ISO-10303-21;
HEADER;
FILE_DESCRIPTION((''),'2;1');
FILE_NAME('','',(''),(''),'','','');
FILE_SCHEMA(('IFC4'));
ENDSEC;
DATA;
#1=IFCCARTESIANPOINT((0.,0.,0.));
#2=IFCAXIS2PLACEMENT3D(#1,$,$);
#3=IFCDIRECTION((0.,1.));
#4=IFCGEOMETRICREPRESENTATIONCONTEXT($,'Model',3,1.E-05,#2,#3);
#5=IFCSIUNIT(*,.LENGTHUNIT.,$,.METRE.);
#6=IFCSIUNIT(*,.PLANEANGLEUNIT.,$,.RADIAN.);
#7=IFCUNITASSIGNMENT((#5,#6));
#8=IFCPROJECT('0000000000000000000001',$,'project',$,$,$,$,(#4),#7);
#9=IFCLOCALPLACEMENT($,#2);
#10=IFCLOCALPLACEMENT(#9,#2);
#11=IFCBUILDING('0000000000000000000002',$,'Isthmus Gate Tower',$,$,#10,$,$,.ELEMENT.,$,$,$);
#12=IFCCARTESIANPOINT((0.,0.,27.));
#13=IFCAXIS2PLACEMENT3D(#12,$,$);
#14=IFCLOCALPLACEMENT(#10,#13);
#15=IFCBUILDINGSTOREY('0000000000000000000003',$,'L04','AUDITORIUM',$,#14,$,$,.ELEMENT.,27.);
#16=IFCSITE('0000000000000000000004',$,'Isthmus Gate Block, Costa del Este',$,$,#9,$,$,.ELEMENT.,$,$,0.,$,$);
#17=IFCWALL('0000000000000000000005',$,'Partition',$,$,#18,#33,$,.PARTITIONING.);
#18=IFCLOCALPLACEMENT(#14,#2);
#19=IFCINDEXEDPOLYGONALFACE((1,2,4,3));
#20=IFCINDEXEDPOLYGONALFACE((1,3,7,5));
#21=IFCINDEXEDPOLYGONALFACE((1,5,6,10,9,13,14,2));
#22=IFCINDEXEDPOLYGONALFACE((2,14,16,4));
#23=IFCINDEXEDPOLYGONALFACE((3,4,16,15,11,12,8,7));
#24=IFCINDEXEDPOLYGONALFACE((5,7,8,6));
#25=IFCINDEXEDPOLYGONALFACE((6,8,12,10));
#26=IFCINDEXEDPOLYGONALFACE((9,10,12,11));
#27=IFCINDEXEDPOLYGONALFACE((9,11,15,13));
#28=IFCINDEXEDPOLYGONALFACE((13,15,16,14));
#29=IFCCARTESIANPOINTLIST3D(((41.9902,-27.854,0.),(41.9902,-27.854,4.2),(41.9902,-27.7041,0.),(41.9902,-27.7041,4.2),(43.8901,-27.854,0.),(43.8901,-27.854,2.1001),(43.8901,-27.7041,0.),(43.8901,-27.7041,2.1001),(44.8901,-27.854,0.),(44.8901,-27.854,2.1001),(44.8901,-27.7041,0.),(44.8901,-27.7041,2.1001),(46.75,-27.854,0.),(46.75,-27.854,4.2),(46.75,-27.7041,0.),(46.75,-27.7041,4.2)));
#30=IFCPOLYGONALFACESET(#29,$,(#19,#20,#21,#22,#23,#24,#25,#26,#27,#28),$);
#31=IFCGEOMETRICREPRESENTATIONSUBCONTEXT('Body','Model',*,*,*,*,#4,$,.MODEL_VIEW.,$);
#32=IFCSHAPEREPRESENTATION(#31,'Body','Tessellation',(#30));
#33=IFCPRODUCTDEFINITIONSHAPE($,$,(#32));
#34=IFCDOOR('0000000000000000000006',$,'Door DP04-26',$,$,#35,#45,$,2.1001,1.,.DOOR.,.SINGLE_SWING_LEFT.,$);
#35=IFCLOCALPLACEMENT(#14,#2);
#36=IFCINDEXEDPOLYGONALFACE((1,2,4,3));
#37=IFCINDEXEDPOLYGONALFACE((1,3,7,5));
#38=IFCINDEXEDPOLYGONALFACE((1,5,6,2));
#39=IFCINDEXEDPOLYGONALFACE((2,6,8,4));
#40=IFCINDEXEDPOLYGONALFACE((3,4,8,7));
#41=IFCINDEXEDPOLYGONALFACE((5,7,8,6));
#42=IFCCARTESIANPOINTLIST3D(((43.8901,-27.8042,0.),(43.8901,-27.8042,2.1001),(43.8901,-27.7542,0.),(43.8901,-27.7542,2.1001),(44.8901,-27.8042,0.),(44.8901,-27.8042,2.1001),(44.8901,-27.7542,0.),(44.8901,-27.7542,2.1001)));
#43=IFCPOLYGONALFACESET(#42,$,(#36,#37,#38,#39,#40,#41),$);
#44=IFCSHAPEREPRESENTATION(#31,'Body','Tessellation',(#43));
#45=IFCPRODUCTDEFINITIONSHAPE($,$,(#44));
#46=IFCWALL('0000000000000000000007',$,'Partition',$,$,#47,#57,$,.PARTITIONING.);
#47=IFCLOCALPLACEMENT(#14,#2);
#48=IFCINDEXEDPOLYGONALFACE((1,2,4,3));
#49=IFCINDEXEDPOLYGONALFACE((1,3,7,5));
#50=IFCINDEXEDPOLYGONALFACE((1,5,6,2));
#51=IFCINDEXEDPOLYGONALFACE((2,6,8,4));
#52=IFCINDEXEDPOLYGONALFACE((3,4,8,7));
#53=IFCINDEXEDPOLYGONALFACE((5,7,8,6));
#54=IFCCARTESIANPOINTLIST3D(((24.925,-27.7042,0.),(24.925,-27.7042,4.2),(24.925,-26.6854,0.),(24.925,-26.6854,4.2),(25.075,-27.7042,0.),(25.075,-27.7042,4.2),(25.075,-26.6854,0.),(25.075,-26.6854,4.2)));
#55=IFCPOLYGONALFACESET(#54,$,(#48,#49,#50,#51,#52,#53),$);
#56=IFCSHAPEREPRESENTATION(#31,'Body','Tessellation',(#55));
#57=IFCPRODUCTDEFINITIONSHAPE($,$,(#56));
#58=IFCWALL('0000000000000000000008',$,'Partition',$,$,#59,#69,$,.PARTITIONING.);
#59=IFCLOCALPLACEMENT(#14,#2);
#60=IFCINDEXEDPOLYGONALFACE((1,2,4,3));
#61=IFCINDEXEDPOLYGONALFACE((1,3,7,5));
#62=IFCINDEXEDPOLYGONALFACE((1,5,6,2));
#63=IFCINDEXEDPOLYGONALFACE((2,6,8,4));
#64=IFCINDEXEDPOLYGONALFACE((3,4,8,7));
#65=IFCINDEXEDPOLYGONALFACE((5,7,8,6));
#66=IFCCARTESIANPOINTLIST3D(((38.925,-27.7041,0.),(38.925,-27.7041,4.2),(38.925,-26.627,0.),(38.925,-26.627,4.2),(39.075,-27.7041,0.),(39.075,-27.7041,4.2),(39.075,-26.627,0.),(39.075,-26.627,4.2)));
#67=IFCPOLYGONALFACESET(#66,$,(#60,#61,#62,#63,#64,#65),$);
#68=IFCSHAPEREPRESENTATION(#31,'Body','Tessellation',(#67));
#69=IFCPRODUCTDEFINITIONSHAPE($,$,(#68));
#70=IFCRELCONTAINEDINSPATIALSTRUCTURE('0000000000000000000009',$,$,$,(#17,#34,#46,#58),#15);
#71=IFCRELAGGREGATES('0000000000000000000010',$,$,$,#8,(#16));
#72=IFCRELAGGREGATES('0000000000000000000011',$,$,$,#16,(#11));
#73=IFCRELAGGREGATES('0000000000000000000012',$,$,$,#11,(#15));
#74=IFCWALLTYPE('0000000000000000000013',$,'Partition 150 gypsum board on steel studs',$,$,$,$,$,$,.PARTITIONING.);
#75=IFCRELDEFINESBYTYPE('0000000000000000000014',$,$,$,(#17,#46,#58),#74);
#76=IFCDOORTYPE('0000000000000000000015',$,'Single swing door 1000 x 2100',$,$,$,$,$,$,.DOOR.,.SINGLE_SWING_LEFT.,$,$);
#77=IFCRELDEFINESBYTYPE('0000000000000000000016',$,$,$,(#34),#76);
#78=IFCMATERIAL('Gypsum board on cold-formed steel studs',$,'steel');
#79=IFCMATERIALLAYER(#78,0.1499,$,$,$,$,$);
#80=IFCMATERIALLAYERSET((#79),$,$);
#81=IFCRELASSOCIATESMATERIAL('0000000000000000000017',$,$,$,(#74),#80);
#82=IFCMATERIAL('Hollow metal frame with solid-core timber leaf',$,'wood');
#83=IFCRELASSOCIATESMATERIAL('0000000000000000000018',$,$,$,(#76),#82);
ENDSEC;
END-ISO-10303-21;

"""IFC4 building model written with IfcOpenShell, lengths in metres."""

from ifc_helpers import new_model, si_unit, direction, frame, frame_2d, origin, place, context, subcontext, project, spatial, rectangle, extrude, material, layer, layer_set, type_object, element, fill, save


model = new_model("IFC4")

# Units and contexts
model_context = context("Model", 3, precision=1e-05, world=origin(), true_north=direction((0.0, 1.0)))
body_context = subcontext(model_context, "Body", "Model", "MODEL_VIEW")
ifc_project = project(units=[si_unit("LENGTHUNIT", "METRE"), si_unit("PLANEANGLEUNIT", "RADIAN")], contexts=[model_context])

# Site, building, storey
site_placement = place(None, origin())
site = spatial("IfcSite", under=ifc_project, at=site_placement, Name="Isthmus Gate Block, Costa del Este", CompositionType="ELEMENT", RefElevation=0.0)
building_placement = place(site_placement, origin())
building = spatial("IfcBuilding", under=site, at=building_placement, Name="Isthmus Gate Tower", CompositionType="ELEMENT")
storey_placement = place(building_placement, frame((0.0, 0.0, 27.0)))
storey = spatial("IfcBuildingStorey", under=building, at=storey_placement, Name="L04", Description="AUDITORIUM", CompositionType="ELEMENT", Elevation=27.0)

# Shared definitions
ifc_material_1 = material(Name="Gypsum board on cold-formed steel studs", Category="steel")
ifc_layer_1 = layer(ifc_material_1, 0.1499)
ifc_layer_set_1 = layer_set([ifc_layer_1])
wall_type_1 = type_object("IfcWallType", Name="Partition 150 gypsum board on steel studs", PredefinedType="PARTITIONING", material=ifc_layer_set_1)

# Shared definitions
ifc_material_2 = material(Name="Hollow metal frame with solid-core timber leaf", Category="wood")
door_type_1 = type_object("IfcDoorType", Name="Single swing door 1000 x 2100", OperationType="SINGLE_SWING_LEFT", PredefinedType="DOOR", material=ifc_material_2)

# Wall, opening, door
wall_1_placement = place(storey_placement, frame((41.9902, -27.7791, 0.0), z_axis=(0.0, 0.0, 1.0), x_axis=(1.0, 0.0, 0.0)))
wall_1 = element("IfcWall", 1, at=wall_1_placement, inside=storey, type_object=wall_type_1, Name="Partition", PredefinedType="PARTITIONING", context=body_context, shape_type="SweptSolid", body=[
    extrude(rectangle(XDim=4.7598, YDim=0.1499, at=frame_2d((2.3799, 0.0))), origin(), (0.0, 0.0, 1.0), 4.2),
])
opening_1_placement = place(wall_1_placement, frame((1.8999, 0.0, 0.0)))
opening_1 = element("IfcOpeningElement", 2, at=opening_1_placement, cuts=wall_1, PredefinedType="OPENING", context=body_context, shape_type="SweptSolid", body=[
    extrude(rectangle(XDim=1.0, YDim=2.1001, at=frame_2d((0.5, 1.05))), frame((0.0, 0.085, 0.0), z_axis=(0.0, -1.0, 0.0), x_axis=(1.0, 0.0, 0.0)), (0.0, 0.0, 1.0), 0.1699),
])
door_1_placement = place(opening_1_placement, origin())
door_1 = element("IfcDoor", 3, at=door_1_placement, inside=storey, type_object=door_type_1, Name="Door DP04-26", OperationType="SINGLE_SWING_LEFT", OverallHeight=2.1001, OverallWidth=1.0, PredefinedType="DOOR", context=body_context, shape_type="SweptSolid", body=[
    extrude(rectangle(XDim=1.0, YDim=2.1001, at=frame_2d((0.5, 1.05))), frame((0.0, 0.0249, 0.0), z_axis=(0.0, -1.0, 0.0), x_axis=(1.0, 0.0, 0.0)), (0.0, 0.0, 1.0), 0.05),
])
fill(opening_1, door_1)

# Walls
wall_2_placement = place(storey_placement, frame((25.0, -27.7041, 0.0), z_axis=(0.0, 0.0, 1.0), x_axis=(0.0, 1.0, 0.0)))
element("IfcWall", 4, at=wall_2_placement, inside=storey, type_object=wall_type_1, Name="Partition", PredefinedType="PARTITIONING", context=body_context, shape_type="SweptSolid", body=[
    extrude(rectangle(XDim=1.0188, YDim=0.1499, at=frame_2d((0.5093, 0.0))), origin(), (0.0, 0.0, 1.0), 4.2),
])
wall_3_placement = place(storey_placement, frame((39.0, -27.7041, 0.0), z_axis=(0.0, 0.0, 1.0), x_axis=(0.0, 1.0, 0.0)))
element("IfcWall", 5, at=wall_3_placement, inside=storey, type_object=wall_type_1, Name="Partition", PredefinedType="PARTITIONING", context=body_context, shape_type="SweptSolid", body=[
    extrude(rectangle(XDim=1.0771, YDim=0.1499, at=frame_2d((0.5386, 0.0))), origin(), (0.0, 0.0, 1.0), 4.2),
])

save(model, "model.ifc")
